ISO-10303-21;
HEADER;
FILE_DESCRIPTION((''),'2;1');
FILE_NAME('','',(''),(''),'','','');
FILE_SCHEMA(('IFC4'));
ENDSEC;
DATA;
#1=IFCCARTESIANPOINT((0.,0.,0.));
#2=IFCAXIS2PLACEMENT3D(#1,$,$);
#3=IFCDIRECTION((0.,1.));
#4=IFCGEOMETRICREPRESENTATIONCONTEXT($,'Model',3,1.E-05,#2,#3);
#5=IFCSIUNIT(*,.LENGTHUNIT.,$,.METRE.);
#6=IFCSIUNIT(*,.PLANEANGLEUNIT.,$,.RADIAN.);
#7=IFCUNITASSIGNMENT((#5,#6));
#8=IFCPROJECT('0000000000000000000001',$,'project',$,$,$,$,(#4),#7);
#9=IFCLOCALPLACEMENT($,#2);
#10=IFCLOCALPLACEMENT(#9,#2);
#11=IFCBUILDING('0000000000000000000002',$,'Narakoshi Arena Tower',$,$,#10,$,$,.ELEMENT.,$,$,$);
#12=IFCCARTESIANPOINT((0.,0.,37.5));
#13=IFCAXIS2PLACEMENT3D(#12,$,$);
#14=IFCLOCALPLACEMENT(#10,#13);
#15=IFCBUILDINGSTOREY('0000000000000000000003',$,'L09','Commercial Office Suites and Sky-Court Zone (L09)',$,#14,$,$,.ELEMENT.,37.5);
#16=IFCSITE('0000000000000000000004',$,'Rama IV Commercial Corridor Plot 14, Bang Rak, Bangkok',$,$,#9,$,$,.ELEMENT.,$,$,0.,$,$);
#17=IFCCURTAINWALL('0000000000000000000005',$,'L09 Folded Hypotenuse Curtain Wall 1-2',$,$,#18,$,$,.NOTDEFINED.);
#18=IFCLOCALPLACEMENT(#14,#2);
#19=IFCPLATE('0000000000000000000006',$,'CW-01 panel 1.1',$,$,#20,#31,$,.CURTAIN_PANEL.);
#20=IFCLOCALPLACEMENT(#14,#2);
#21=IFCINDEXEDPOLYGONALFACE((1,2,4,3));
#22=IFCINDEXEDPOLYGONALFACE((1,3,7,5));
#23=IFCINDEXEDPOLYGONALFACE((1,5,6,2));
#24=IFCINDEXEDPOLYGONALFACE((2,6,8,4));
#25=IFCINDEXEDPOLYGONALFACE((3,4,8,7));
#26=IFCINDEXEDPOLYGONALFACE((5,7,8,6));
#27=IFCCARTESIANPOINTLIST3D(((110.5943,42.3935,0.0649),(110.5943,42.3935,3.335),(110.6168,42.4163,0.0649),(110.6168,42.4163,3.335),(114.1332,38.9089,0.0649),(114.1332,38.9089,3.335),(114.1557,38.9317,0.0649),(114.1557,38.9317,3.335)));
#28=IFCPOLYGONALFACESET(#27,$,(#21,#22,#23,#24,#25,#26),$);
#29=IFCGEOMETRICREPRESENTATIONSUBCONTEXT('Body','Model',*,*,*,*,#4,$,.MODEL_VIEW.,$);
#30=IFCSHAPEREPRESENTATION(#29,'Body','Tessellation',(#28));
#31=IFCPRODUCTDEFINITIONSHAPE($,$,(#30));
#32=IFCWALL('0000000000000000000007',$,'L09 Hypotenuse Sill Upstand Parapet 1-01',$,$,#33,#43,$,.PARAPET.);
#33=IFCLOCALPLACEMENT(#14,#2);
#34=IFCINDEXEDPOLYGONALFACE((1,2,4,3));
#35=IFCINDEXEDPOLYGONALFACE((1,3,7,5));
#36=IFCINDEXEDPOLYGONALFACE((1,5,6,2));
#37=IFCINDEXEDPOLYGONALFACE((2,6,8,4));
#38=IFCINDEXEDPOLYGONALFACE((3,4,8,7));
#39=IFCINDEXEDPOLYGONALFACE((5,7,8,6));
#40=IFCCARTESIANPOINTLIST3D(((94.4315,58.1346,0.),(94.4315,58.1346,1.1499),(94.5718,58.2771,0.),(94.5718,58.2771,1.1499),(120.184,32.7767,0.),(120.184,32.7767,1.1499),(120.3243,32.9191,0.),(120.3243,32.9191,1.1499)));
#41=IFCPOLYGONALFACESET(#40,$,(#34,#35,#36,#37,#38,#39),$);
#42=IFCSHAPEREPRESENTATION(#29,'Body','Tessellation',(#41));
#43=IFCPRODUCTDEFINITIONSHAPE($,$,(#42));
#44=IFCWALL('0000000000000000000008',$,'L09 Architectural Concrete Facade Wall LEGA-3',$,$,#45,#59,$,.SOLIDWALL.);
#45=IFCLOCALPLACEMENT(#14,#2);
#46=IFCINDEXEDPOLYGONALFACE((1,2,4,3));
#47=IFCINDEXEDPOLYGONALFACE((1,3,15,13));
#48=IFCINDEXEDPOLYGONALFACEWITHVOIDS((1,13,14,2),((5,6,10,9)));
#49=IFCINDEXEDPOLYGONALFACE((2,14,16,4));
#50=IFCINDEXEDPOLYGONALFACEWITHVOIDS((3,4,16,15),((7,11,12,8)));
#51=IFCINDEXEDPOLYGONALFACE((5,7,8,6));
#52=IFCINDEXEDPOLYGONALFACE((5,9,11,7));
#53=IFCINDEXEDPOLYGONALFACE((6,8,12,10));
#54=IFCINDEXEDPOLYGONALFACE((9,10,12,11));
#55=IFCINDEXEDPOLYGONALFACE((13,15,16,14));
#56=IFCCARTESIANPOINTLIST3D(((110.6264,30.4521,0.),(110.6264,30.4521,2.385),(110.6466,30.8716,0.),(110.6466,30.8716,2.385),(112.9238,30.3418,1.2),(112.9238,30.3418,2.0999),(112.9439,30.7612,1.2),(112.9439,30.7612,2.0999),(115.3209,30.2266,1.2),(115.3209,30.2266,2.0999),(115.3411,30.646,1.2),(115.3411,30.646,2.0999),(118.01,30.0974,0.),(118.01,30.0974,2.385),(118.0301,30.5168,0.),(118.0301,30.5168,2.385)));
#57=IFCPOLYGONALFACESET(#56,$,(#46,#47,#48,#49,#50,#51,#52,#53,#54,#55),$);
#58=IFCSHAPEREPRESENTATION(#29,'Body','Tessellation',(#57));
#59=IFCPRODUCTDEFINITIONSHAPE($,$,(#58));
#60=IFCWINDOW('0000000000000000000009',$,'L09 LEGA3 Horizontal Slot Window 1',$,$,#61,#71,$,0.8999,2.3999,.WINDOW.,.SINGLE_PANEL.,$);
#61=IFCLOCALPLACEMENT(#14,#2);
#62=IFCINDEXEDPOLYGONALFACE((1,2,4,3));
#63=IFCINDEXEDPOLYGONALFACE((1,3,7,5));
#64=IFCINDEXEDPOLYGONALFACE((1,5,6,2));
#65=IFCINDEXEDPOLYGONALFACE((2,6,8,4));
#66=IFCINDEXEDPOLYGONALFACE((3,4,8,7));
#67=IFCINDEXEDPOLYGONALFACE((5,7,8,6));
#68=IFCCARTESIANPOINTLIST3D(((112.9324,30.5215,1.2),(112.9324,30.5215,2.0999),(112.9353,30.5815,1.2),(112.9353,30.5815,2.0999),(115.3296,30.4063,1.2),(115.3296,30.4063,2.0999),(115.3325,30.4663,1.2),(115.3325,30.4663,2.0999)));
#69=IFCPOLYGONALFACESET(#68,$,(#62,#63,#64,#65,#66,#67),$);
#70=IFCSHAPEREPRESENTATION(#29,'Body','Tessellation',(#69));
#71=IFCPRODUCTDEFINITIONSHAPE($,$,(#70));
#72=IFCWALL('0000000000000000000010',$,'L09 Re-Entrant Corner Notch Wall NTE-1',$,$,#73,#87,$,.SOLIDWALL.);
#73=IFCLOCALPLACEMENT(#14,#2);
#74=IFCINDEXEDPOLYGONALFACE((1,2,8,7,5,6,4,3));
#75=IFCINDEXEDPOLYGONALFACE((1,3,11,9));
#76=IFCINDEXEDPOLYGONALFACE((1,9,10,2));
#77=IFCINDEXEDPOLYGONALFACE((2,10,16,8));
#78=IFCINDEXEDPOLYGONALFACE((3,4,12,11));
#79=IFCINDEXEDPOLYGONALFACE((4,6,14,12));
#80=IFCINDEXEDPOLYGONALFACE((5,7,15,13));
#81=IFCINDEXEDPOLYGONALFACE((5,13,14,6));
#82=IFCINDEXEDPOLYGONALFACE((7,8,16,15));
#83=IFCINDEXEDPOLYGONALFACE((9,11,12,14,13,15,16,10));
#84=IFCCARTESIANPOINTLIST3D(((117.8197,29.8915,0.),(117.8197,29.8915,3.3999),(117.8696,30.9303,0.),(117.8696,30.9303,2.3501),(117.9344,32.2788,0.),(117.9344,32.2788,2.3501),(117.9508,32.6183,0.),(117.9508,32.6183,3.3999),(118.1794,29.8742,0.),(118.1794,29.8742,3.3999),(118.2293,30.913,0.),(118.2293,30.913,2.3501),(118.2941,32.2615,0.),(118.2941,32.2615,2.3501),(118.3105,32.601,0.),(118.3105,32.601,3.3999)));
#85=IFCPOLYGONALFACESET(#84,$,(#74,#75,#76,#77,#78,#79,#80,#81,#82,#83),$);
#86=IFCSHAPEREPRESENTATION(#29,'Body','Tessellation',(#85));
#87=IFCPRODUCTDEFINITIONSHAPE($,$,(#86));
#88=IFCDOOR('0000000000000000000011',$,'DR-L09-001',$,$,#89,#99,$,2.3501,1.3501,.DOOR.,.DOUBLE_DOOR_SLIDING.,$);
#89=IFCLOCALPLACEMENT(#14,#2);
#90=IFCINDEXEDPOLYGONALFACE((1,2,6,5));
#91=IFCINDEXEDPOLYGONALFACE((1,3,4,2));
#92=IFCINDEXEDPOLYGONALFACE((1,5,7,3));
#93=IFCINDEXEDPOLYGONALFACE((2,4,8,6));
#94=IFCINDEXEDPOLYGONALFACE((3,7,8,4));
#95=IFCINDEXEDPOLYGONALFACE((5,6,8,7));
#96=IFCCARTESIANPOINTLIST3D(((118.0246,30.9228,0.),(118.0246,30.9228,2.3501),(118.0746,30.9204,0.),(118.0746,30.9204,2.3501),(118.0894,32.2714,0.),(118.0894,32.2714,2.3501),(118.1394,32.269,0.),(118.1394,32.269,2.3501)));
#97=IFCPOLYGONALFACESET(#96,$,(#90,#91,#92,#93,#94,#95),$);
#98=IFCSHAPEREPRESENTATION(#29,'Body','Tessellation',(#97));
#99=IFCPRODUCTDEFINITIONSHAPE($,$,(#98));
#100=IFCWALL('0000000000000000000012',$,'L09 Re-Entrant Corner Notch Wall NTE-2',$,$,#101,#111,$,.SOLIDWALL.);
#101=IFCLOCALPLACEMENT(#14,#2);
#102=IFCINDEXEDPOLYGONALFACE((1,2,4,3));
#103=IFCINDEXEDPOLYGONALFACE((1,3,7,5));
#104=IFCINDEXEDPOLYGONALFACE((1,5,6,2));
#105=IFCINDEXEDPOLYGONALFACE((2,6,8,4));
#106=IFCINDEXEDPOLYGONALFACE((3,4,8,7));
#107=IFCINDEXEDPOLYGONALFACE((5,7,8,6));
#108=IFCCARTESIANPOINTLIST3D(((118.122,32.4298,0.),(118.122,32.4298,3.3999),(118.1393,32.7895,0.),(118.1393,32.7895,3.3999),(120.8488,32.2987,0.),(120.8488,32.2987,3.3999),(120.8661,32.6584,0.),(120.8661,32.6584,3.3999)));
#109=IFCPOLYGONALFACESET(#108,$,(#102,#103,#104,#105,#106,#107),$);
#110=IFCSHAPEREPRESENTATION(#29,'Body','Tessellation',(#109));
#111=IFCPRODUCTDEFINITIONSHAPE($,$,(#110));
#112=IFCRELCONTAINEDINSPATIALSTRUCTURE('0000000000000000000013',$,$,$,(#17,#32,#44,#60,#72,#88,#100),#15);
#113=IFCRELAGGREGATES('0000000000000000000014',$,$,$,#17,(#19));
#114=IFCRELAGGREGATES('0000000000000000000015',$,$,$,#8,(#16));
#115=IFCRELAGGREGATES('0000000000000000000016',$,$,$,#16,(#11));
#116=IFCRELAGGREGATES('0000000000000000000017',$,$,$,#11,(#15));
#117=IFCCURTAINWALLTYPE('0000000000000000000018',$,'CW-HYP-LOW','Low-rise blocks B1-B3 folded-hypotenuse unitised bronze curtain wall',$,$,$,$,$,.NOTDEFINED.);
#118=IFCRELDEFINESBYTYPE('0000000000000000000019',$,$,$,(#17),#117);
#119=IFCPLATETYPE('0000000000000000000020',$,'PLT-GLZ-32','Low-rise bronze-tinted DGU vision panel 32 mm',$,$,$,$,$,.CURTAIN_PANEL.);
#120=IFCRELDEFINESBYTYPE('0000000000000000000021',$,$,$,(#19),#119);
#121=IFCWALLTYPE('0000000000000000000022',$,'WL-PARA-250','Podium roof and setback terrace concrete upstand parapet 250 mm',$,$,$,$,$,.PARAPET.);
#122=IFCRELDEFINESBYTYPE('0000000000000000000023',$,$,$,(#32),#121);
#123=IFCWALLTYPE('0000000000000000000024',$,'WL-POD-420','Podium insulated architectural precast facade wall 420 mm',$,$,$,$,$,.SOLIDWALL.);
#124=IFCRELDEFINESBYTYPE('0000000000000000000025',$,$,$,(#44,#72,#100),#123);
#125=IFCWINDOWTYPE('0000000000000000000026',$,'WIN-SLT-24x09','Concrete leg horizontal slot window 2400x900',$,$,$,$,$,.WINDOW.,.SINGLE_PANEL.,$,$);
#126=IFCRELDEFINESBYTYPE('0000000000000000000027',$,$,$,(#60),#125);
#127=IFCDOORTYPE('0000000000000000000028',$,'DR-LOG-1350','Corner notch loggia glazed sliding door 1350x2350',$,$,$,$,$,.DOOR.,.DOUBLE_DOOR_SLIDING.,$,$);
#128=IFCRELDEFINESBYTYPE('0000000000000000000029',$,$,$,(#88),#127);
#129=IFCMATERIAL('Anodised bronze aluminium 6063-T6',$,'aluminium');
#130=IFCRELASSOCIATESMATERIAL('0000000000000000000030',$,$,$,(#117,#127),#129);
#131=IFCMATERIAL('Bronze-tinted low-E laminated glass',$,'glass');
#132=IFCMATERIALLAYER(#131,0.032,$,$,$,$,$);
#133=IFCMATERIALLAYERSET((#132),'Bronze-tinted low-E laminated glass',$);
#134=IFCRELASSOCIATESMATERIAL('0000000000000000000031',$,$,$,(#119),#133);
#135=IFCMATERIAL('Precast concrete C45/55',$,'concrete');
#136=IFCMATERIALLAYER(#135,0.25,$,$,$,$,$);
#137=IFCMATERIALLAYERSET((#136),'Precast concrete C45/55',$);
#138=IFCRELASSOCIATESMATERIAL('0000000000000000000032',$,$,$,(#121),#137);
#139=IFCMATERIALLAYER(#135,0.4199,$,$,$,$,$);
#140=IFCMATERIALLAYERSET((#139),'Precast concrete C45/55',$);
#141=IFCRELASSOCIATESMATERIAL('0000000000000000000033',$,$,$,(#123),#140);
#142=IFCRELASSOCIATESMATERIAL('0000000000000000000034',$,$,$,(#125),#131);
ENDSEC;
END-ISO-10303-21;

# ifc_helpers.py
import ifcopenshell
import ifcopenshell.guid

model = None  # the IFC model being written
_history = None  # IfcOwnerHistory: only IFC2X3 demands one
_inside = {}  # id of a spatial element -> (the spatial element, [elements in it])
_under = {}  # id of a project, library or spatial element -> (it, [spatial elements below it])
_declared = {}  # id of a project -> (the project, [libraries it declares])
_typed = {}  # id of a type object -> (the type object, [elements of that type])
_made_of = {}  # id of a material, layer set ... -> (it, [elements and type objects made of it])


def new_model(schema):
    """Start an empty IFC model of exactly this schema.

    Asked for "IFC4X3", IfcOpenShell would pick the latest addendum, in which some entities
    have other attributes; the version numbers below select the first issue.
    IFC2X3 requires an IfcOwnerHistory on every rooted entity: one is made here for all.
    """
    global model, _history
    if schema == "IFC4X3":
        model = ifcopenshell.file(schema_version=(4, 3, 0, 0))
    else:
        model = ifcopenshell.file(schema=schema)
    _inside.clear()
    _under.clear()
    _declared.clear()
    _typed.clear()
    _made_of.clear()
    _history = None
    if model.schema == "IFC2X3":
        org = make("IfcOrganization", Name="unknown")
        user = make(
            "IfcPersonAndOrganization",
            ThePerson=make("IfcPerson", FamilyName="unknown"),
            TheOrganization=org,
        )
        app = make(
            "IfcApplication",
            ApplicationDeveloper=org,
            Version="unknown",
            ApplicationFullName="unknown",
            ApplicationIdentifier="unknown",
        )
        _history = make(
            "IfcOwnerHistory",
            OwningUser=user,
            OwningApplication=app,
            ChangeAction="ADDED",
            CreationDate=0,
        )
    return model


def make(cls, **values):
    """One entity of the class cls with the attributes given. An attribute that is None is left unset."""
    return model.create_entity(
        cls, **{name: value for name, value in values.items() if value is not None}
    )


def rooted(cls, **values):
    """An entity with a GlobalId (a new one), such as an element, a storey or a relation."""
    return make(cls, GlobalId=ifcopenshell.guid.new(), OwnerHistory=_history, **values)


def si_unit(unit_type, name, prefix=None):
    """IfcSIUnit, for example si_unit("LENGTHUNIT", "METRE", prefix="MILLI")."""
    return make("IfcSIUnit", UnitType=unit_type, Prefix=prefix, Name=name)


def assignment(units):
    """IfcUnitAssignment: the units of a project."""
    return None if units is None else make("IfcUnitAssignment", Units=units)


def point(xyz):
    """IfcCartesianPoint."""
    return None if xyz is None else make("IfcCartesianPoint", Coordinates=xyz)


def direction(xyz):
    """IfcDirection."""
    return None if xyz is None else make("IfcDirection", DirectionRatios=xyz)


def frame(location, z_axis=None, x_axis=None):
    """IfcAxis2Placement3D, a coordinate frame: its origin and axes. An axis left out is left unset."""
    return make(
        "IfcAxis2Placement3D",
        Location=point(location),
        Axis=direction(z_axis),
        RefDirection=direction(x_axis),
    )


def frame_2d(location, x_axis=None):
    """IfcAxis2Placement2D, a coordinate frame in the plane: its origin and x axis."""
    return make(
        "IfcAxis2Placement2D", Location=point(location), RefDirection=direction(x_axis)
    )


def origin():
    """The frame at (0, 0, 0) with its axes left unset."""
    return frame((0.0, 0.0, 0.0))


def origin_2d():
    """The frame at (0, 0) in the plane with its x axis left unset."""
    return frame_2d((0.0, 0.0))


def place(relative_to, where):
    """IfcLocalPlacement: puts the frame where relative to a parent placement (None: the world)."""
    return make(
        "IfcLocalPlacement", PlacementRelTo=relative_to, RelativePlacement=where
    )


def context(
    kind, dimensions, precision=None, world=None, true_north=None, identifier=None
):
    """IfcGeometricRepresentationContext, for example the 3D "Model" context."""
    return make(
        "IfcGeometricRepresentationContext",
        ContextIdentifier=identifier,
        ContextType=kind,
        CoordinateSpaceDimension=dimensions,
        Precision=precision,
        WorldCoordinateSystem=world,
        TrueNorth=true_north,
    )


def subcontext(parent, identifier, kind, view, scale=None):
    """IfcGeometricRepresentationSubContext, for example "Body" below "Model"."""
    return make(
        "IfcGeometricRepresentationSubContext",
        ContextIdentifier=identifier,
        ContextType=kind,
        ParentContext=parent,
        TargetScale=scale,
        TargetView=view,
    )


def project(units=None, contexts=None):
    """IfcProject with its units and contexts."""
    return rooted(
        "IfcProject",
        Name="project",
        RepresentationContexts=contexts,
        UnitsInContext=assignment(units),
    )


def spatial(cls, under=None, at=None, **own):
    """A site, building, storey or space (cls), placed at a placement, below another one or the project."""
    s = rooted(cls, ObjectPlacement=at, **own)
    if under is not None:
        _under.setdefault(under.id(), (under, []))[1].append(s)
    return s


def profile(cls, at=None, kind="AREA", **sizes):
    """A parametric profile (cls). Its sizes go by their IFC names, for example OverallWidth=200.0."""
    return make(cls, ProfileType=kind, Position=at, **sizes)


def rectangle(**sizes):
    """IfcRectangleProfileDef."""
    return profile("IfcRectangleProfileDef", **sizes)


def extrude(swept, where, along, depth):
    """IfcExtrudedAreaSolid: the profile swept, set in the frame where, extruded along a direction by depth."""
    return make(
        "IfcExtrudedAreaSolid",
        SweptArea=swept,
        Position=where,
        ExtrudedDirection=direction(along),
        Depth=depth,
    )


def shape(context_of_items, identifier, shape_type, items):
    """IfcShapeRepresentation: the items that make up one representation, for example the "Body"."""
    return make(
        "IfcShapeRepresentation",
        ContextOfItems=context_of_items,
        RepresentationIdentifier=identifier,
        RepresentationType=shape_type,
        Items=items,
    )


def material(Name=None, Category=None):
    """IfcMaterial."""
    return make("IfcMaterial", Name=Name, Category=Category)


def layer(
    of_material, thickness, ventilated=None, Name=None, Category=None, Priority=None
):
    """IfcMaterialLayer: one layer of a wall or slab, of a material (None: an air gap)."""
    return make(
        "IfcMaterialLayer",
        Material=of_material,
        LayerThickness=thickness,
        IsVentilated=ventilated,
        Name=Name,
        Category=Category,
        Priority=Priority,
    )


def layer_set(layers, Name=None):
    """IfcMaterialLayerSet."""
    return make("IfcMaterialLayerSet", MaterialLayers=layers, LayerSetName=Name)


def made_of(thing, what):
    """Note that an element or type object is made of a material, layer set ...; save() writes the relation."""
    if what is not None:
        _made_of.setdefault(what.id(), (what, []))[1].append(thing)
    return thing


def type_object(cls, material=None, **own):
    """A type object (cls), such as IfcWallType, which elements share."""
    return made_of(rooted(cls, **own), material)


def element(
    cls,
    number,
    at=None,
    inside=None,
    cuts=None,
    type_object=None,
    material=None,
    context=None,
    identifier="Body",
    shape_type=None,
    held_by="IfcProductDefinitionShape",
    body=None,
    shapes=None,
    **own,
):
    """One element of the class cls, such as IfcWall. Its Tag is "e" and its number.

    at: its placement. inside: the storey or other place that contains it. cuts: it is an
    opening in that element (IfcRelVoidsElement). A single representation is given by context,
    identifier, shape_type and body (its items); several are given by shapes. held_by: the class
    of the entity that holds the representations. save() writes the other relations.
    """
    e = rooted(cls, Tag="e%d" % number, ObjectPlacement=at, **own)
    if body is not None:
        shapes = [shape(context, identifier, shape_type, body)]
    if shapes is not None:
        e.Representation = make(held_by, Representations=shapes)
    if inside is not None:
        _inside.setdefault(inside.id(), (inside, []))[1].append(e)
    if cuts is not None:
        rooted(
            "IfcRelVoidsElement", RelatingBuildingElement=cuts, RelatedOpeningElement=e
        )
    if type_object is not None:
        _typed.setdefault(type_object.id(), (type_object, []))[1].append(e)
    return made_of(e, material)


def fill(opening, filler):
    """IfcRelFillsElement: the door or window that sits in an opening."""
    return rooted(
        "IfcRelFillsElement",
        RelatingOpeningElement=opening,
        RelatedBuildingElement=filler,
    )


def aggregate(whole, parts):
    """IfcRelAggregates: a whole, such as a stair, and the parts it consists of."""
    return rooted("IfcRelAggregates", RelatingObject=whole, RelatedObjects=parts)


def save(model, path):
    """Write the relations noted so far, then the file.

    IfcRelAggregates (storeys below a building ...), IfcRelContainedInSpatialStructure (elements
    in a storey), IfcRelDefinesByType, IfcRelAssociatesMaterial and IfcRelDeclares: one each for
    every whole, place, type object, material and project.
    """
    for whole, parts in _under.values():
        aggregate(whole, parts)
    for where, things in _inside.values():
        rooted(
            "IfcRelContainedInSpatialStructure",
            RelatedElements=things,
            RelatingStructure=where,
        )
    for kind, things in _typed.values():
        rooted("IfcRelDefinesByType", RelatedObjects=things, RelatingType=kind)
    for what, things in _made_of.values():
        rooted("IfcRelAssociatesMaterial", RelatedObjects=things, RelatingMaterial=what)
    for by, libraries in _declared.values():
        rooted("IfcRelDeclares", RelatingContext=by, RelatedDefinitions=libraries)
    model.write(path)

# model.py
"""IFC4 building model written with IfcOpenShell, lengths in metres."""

from ifc_helpers import new_model, si_unit, direction, frame, frame_2d, origin, origin_2d, place, context, subcontext, project, spatial, rectangle, extrude, material, layer, layer_set, type_object, element, fill, aggregate, save


model = new_model("IFC4")

# Units and contexts
model_context = context("Model", 3, precision=1e-05, world=origin(), true_north=direction((0.0, 1.0)))
body_context = subcontext(model_context, "Body", "Model", "MODEL_VIEW")
ifc_project = project(units=[si_unit("LENGTHUNIT", "METRE"), si_unit("PLANEANGLEUNIT", "RADIAN")], contexts=[model_context])

# Site, building, storey
site_placement = place(None, origin())
site = spatial("IfcSite", under=ifc_project, at=site_placement, Name="Rama IV Commercial Corridor Plot 14, Bang Rak, Bangkok", CompositionType="ELEMENT", RefElevation=0.0)
building_placement = place(site_placement, origin())
building = spatial("IfcBuilding", under=site, at=building_placement, Name="Narakoshi Arena Tower", CompositionType="ELEMENT")
storey_placement = place(building_placement, frame((0.0, 0.0, 37.5)))
storey = spatial("IfcBuildingStorey", under=building, at=storey_placement, Name="L09", Description="Commercial Office Suites and Sky-Court Zone (L09)", CompositionType="ELEMENT", Elevation=37.5)

# Curtain wall
ifc_material_1 = material(Name="Anodised bronze aluminium 6063-T6", Category="aluminium")
curtain_wall_type = type_object("IfcCurtainWallType", Name="CW-HYP-LOW", Description="Low-rise blocks B1-B3 folded-hypotenuse unitised bronze curtain wall", PredefinedType="NOTDEFINED", material=ifc_material_1)
curtain_wall_1_placement = place(storey_placement, origin())
curtain_wall_1 = element("IfcCurtainWall", 1, at=curtain_wall_1_placement, inside=storey, type_object=curtain_wall_type, Name="L09 Folded Hypotenuse Curtain Wall 1-2", PredefinedType="NOTDEFINED")

# Plate
ifc_material_2 = material(Name="Bronze-tinted low-E laminated glass", Category="glass")
ifc_layer_1 = layer(ifc_material_2, 0.032)
ifc_layer_set_1 = layer_set([ifc_layer_1], Name="Bronze-tinted low-E laminated glass")
plate_type = type_object("IfcPlateType", Name="PLT-GLZ-32", Description="Low-rise bronze-tinted DGU vision panel 32 mm", PredefinedType="CURTAIN_PANEL", material=ifc_layer_set_1)
plate_1_placement = place(storey_placement, frame((112.375, 40.6626, 0.0649), z_axis=(0.0, 0.0, 1.0), x_axis=(-0.712548, 0.701623, 0.0)))
plate_1 = element("IfcPlate", 2, at=plate_1_placement, type_object=plate_type, Name="CW-01 panel 1.1", PredefinedType="CURTAIN_PANEL", context=body_context, shape_type="SweptSolid", body=[
    extrude(rectangle(XDim=4.9666, YDim=0.032, at=origin_2d()), origin(), (0.0, 0.0, 1.0), 3.27),
])
aggregate(curtain_wall_1, [plate_1])

# Wall
ifc_material_3 = material(Name="Precast concrete C45/55", Category="concrete")
ifc_layer_2 = layer(ifc_material_3, 0.25)
ifc_layer_set_2 = layer_set([ifc_layer_2], Name="Precast concrete C45/55")
wall_type_1 = type_object("IfcWallType", Name="WL-PARA-250", Description="Podium roof and setback terrace concrete upstand parapet 250 mm", PredefinedType="PARAPET", material=ifc_layer_set_2)
wall_1_placement = place(storey_placement, frame((120.2542, 32.8479, 0.0), z_axis=(0.0, 0.0, 1.0), x_axis=(-0.712544, 0.701628, 0.0)))
element("IfcWall", 3, at=wall_1_placement, inside=storey, type_object=wall_type_1, Name="L09 Hypotenuse Sill Upstand Parapet 1-01", PredefinedType="PARAPET", context=body_context, shape_type="SweptSolid", body=[
    extrude(rectangle(XDim=36.1416, YDim=0.2, at=frame_2d((18.0708, 0.0))), origin(), (0.0, 0.0, 1.0), 1.1499),
])

# Wall, opening, window
ifc_layer_3 = layer(ifc_material_3, 0.4199)
ifc_layer_set_3 = layer_set([ifc_layer_3], Name="Precast concrete C45/55")
wall_type_2 = type_object("IfcWallType", Name="WL-POD-420", Description="Podium insulated architectural precast facade wall 420 mm", PredefinedType="SOLIDWALL", material=ifc_layer_set_3)
wall_2_placement = place(storey_placement, frame((110.6365, 30.6619, 0.0), z_axis=(0.0, 0.0, 1.0), x_axis=(0.998848, -0.047989, 0.0)))
wall_2 = element("IfcWall", 4, at=wall_2_placement, inside=storey, type_object=wall_type_2, Name="L09 Architectural Concrete Facade Wall LEGA-3", PredefinedType="SOLIDWALL", context=body_context, shape_type="SweptSolid", body=[
    extrude(rectangle(XDim=7.3921, YDim=0.4199, at=frame_2d((3.696, 0.0))), origin(), (0.0, 0.0, 1.0), 2.385),
])
opening_1_placement = place(wall_2_placement, frame((2.3, 0.0, 1.2)))
opening_1 = element("IfcOpeningElement", 5, at=opening_1_placement, cuts=wall_2, PredefinedType="OPENING", context=body_context, shape_type="SweptSolid", body=[
    extrude(rectangle(XDim=2.3999, YDim=0.8999, at=frame_2d((1.2, 0.45))), frame((0.0, 0.22, 0.0), z_axis=(0.0, -1.0, 0.0), x_axis=(1.0, 0.0, 0.0)), (0.0, 0.0, 1.0), 0.4399),
])
window_type = type_object("IfcWindowType", Name="WIN-SLT-24x09", Description="Concrete leg horizontal slot window 2400x900", PartitioningType="SINGLE_PANEL", PredefinedType="WINDOW", material=ifc_material_2)
window_placement = place(opening_1_placement, origin())
window = element("IfcWindow", 6, at=window_placement, inside=storey, type_object=window_type, Name="L09 LEGA3 Horizontal Slot Window 1", OverallHeight=0.8999, OverallWidth=2.3999, PartitioningType="SINGLE_PANEL", PredefinedType="WINDOW", context=body_context, shape_type="SweptSolid", body=[
    extrude(rectangle(XDim=2.3999, YDim=0.8999, at=frame_2d((1.2, 0.45))), frame((0.0, 0.03, 0.0), z_axis=(0.0, -1.0, 0.0), x_axis=(1.0, 0.0, 0.0)), (0.0, 0.0, 1.0), 0.0601),
])
fill(opening_1, window)

# Wall, opening, door
wall_3_placement = place(storey_placement, frame((117.9995, 29.8828, 0.0), z_axis=(0.0, 0.0, 1.0), x_axis=(0.048024, 0.998846, 0.0)))
wall_3 = element("IfcWall", 7, at=wall_3_placement, inside=storey, type_object=wall_type_2, Name="L09 Re-Entrant Corner Notch Wall NTE-1", PredefinedType="SOLIDWALL", context=body_context, shape_type="SweptSolid", body=[
    extrude(rectangle(XDim=2.73, YDim=0.3601, at=frame_2d((1.365, 0.0))), origin(), (0.0, 0.0, 1.0), 3.3999),
])
opening_2_placement = place(wall_3_placement, frame((1.04, 0.0, 0.0)))
opening_2 = element("IfcOpeningElement", 8, at=opening_2_placement, cuts=wall_3, PredefinedType="OPENING", context=body_context, shape_type="SweptSolid", body=[
    extrude(rectangle(XDim=1.3501, YDim=2.3501, at=frame_2d((0.675, 1.175))), frame((0.0, 0.1899, 0.0), z_axis=(0.0, -1.0, 0.0), x_axis=(1.0, 0.0, 0.0)), (0.0, 0.0, 1.0), 0.3801),
])
door_type = type_object("IfcDoorType", Name="DR-LOG-1350", Description="Corner notch loggia glazed sliding door 1350x2350", OperationType="DOUBLE_DOOR_SLIDING", PredefinedType="DOOR", material=ifc_material_1)
door_placement = place(opening_2_placement, origin())
door = element("IfcDoor", 9, at=door_placement, inside=storey, type_object=door_type, Name="DR-L09-001", OperationType="DOUBLE_DOOR_SLIDING", OverallHeight=2.3501, OverallWidth=1.3501, PredefinedType="DOOR", context=body_context, shape_type="SweptSolid", body=[
    extrude(rectangle(XDim=1.3501, YDim=2.3501, at=frame_2d((0.675, 1.175))), frame((0.0, 0.0249, 0.0), z_axis=(0.0, -1.0, 0.0), x_axis=(1.0, 0.0, 0.0)), (0.0, 0.0, 1.0), 0.05),
])
fill(opening_2, door)

# Wall
wall_4_placement = place(storey_placement, frame((118.1306, 32.6096, 0.0), z_axis=(0.0, 0.0, 1.0), x_axis=(0.998846, -0.048024, 0.0)))
element("IfcWall", 10, at=wall_4_placement, inside=storey, type_object=wall_type_2, Name="L09 Re-Entrant Corner Notch Wall NTE-2", PredefinedType="SOLIDWALL", context=body_context, shape_type="SweptSolid", body=[
    extrude(rectangle(XDim=2.73, YDim=0.3601, at=frame_2d((1.365, 0.0))), origin(), (0.0, 0.0, 1.0), 3.3999),
])

save(model, "model.ifc")
